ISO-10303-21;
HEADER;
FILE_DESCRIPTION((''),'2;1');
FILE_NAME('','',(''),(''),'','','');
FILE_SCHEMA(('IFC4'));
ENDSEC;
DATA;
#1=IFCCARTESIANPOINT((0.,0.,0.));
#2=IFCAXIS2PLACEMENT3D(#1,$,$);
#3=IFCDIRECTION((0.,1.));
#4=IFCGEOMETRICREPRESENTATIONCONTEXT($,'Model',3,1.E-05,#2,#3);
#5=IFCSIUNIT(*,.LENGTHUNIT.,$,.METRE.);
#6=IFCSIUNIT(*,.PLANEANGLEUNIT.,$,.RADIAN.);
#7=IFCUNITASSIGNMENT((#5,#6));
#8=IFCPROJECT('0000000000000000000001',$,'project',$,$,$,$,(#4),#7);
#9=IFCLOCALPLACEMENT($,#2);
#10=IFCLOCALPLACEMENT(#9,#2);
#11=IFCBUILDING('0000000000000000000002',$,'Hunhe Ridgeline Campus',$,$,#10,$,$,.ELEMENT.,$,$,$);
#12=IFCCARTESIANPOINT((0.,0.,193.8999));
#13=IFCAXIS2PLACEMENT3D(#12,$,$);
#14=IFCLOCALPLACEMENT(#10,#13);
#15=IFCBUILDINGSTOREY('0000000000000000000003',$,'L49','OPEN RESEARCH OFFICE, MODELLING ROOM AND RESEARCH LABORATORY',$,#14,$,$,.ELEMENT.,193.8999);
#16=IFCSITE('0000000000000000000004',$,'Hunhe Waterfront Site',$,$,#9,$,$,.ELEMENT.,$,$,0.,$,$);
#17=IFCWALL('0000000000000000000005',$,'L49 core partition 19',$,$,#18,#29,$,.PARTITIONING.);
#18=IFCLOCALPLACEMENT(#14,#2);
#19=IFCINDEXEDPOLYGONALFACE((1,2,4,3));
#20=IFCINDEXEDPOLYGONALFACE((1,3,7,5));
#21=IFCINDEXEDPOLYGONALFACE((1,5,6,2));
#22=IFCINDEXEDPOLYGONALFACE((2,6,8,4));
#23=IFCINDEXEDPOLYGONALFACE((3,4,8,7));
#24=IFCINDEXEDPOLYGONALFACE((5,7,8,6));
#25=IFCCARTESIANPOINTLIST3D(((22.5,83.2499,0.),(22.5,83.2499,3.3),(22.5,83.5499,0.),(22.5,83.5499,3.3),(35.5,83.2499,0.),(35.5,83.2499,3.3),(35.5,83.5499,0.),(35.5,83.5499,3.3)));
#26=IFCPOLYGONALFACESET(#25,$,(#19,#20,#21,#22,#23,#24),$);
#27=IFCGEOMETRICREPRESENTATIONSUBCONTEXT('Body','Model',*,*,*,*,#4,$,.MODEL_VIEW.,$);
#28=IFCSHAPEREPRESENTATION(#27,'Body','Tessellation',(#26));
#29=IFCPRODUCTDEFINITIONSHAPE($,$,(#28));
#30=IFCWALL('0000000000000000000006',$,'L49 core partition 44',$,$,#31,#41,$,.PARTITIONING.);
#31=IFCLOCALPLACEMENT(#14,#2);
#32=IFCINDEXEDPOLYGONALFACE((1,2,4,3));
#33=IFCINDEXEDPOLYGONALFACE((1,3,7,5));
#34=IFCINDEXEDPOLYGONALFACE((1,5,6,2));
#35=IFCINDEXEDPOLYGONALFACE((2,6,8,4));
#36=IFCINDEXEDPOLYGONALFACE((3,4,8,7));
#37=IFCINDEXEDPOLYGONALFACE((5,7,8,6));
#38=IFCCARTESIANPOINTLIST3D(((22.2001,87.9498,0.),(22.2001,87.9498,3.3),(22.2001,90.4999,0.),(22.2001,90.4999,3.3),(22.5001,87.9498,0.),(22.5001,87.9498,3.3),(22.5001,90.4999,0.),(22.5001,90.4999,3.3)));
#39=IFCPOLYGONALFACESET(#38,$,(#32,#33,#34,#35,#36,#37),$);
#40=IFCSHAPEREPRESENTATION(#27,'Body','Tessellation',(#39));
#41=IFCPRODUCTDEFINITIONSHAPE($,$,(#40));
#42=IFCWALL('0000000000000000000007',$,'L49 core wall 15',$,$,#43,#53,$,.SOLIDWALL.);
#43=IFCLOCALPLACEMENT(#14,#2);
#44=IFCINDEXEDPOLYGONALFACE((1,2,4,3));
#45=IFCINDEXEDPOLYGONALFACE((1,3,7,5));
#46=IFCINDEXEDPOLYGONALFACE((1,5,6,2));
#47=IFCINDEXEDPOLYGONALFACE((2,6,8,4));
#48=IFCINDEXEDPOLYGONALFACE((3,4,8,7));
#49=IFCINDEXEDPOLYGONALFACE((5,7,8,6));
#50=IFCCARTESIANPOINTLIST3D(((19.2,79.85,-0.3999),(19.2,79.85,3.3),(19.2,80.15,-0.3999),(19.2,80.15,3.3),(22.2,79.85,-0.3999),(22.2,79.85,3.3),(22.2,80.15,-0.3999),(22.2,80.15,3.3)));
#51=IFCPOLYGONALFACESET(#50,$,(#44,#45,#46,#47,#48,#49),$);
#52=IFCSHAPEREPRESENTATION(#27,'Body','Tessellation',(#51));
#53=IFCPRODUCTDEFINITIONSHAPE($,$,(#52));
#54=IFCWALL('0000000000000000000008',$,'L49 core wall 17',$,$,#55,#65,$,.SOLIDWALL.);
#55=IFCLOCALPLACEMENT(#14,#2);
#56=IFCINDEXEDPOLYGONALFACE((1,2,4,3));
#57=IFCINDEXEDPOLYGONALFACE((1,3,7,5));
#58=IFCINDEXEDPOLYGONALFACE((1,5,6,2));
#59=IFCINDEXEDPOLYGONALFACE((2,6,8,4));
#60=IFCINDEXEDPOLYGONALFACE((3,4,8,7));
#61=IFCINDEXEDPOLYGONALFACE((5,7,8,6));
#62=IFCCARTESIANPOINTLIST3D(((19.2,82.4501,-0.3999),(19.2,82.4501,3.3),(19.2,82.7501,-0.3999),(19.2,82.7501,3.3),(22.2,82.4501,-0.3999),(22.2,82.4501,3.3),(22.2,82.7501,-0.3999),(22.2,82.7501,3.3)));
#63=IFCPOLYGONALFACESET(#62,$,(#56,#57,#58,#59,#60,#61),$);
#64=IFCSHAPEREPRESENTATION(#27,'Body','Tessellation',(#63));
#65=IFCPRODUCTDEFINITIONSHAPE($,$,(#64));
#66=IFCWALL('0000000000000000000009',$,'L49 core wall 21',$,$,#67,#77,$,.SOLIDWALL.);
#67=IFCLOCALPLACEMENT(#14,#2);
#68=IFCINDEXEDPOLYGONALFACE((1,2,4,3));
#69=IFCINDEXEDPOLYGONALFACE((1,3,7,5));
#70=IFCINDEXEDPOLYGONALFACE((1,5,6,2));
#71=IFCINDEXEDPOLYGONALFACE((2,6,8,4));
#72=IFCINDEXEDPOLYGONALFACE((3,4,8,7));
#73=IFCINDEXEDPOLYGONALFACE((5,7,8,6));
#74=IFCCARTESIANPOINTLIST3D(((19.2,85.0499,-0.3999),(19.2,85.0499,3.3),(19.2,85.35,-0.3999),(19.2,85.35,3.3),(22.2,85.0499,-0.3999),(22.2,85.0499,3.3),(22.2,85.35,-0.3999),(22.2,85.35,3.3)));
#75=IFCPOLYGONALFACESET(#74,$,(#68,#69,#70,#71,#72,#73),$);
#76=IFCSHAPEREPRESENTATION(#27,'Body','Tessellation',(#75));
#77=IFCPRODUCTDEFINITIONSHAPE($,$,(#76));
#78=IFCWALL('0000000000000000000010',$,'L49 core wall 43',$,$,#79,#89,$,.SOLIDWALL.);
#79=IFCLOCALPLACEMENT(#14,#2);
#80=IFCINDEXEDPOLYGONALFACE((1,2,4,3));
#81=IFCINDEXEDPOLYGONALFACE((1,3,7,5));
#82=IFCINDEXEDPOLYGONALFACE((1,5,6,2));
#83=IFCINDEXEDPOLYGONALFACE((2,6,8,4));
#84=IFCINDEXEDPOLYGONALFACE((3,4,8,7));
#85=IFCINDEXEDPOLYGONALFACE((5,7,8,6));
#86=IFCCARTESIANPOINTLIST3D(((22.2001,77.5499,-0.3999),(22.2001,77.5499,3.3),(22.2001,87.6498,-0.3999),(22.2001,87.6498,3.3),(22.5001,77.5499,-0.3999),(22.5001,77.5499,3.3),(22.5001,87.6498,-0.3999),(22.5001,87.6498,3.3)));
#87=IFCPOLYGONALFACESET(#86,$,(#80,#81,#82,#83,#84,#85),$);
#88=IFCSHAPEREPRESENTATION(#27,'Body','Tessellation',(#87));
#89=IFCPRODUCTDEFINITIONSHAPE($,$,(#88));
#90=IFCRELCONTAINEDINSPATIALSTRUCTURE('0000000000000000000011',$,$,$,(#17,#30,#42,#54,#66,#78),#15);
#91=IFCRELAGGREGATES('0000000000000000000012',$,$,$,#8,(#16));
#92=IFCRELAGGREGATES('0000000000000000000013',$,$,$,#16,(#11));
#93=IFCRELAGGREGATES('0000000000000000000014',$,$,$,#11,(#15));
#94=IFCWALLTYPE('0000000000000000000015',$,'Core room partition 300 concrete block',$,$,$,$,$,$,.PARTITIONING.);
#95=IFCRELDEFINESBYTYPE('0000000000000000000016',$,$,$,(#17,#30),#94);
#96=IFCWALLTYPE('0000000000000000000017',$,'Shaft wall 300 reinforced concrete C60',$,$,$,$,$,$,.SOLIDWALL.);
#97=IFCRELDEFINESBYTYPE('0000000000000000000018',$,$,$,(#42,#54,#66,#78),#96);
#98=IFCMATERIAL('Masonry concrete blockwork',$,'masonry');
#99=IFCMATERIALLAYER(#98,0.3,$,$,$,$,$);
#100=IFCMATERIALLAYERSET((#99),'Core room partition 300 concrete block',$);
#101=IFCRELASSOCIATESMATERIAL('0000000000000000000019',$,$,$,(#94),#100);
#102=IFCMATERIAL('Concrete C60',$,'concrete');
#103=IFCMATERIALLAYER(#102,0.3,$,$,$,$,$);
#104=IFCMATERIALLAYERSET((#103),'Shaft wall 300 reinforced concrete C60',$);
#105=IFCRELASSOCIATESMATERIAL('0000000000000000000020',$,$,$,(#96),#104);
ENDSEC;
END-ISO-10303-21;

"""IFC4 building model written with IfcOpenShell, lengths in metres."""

from ifc_helpers import new_model, si_unit, direction, frame, frame_2d, origin, place, context, subcontext, project, spatial, rectangle, extrude, material, layer, layer_set, type_object, element, save


model = new_model("IFC4")

# Units and contexts
model_context = context("Model", 3, precision=1e-05, world=origin(), true_north=direction((0.0, 1.0)))
body_context = subcontext(model_context, "Body", "Model", "MODEL_VIEW")
ifc_project = project(units=[si_unit("LENGTHUNIT", "METRE"), si_unit("PLANEANGLEUNIT", "RADIAN")], contexts=[model_context])

# Site, building, storey
site_placement = place(None, origin())
site = spatial("IfcSite", under=ifc_project, at=site_placement, Name="Hunhe Waterfront Site", CompositionType="ELEMENT", RefElevation=0.0)
building_placement = place(site_placement, origin())
building = spatial("IfcBuilding", under=site, at=building_placement, Name="Hunhe Ridgeline Campus", CompositionType="ELEMENT")
storey_placement = place(building_placement, frame((0.0, 0.0, 193.8999)))
storey = spatial("IfcBuildingStorey", under=building, at=storey_placement, Name="L49", Description="OPEN RESEARCH OFFICE, MODELLING ROOM AND RESEARCH LABORATORY", CompositionType="ELEMENT", Elevation=193.8999)

# Shared definitions
ifc_material_1 = material(Name="Masonry concrete blockwork", Category="masonry")
ifc_layer_1 = layer(ifc_material_1, 0.3)
ifc_layer_set_1 = layer_set([ifc_layer_1], Name="Core room partition 300 concrete block")
wall_type_1 = type_object("IfcWallType", Name="Core room partition 300 concrete block", PredefinedType="PARTITIONING", material=ifc_layer_set_1)

# Walls
wall_1_placement = place(storey_placement, frame((22.5, 83.3999, 0.0), z_axis=(0.0, 0.0, 1.0), x_axis=(1.0, 0.0, 0.0)))
element("IfcWall", 1, at=wall_1_placement, inside=storey, type_object=wall_type_1, Name="L49 core partition 19", PredefinedType="PARTITIONING", context=body_context, shape_type="SweptSolid", body=[
    extrude(rectangle(XDim=13.0, YDim=0.3, at=frame_2d((6.5, 0.0))), origin(), (0.0, 0.0, 1.0), 3.3),
])
wall_2_placement = place(storey_placement, frame((22.3501, 87.95, 0.0), z_axis=(0.0, 0.0, 1.0), x_axis=(0.0, 1.0, 0.0)))
element("IfcWall", 2, at=wall_2_placement, inside=storey, type_object=wall_type_1, Name="L49 core partition 44", PredefinedType="PARTITIONING", context=body_context, shape_type="SweptSolid", body=[
    extrude(rectangle(XDim=2.55, YDim=0.3, at=frame_2d((1.2749, 0.0))), origin(), (0.0, 0.0, 1.0), 3.3),
])
ifc_material_2 = material(Name="Concrete C60", Category="concrete")
ifc_layer_2 = layer(ifc_material_2, 0.3)
ifc_layer_set_2 = layer_set([ifc_layer_2], Name="Shaft wall 300 reinforced concrete C60")
wall_type_2 = type_object("IfcWallType", Name="Shaft wall 300 reinforced concrete C60", PredefinedType="SOLIDWALL", material=ifc_layer_set_2)
for number, where, z_axis, x_axis, name in (
    (3, (19.2, 80.0, -0.3999), (0.0, 0.0, 1.0), (1.0, 0.0, 0.0), "L49 core wall 15"),
    (4, (19.2, 82.6001, -0.3999), (0.0, 0.0, 1.0), (1.0, 0.0, 0.0), "L49 core wall 17"),
    (5, (19.2, 85.2, -0.3999), (0.0, 0.0, 1.0), (1.0, 0.0, 0.0), "L49 core wall 21"),
):
    element("IfcWall", number, at=place(storey_placement, frame(where, z_axis=z_axis, x_axis=x_axis)), inside=storey, type_object=wall_type_2, Name=name, PredefinedType="SOLIDWALL", context=body_context, shape_type="SweptSolid", body=[
        extrude(rectangle(XDim=3.0, YDim=0.3, at=frame_2d((1.5, 0.0))), origin(), (0.0, 0.0, 1.0), 3.7),
    ])

# Wall
wall_3_placement = place(storey_placement, frame((22.3501, 77.55, -0.3999), z_axis=(0.0, 0.0, 1.0), x_axis=(0.0, 1.0, 0.0)))
element("IfcWall", 6, at=wall_3_placement, inside=storey, type_object=wall_type_2, Name="L49 core wall 43", PredefinedType="SOLIDWALL", context=body_context, shape_type="SweptSolid", body=[
    extrude(rectangle(XDim=10.0999, YDim=0.3, at=frame_2d((5.0498, 0.0))), origin(), (0.0, 0.0, 1.0), 3.7),
])

save(model, "model.ifc")
